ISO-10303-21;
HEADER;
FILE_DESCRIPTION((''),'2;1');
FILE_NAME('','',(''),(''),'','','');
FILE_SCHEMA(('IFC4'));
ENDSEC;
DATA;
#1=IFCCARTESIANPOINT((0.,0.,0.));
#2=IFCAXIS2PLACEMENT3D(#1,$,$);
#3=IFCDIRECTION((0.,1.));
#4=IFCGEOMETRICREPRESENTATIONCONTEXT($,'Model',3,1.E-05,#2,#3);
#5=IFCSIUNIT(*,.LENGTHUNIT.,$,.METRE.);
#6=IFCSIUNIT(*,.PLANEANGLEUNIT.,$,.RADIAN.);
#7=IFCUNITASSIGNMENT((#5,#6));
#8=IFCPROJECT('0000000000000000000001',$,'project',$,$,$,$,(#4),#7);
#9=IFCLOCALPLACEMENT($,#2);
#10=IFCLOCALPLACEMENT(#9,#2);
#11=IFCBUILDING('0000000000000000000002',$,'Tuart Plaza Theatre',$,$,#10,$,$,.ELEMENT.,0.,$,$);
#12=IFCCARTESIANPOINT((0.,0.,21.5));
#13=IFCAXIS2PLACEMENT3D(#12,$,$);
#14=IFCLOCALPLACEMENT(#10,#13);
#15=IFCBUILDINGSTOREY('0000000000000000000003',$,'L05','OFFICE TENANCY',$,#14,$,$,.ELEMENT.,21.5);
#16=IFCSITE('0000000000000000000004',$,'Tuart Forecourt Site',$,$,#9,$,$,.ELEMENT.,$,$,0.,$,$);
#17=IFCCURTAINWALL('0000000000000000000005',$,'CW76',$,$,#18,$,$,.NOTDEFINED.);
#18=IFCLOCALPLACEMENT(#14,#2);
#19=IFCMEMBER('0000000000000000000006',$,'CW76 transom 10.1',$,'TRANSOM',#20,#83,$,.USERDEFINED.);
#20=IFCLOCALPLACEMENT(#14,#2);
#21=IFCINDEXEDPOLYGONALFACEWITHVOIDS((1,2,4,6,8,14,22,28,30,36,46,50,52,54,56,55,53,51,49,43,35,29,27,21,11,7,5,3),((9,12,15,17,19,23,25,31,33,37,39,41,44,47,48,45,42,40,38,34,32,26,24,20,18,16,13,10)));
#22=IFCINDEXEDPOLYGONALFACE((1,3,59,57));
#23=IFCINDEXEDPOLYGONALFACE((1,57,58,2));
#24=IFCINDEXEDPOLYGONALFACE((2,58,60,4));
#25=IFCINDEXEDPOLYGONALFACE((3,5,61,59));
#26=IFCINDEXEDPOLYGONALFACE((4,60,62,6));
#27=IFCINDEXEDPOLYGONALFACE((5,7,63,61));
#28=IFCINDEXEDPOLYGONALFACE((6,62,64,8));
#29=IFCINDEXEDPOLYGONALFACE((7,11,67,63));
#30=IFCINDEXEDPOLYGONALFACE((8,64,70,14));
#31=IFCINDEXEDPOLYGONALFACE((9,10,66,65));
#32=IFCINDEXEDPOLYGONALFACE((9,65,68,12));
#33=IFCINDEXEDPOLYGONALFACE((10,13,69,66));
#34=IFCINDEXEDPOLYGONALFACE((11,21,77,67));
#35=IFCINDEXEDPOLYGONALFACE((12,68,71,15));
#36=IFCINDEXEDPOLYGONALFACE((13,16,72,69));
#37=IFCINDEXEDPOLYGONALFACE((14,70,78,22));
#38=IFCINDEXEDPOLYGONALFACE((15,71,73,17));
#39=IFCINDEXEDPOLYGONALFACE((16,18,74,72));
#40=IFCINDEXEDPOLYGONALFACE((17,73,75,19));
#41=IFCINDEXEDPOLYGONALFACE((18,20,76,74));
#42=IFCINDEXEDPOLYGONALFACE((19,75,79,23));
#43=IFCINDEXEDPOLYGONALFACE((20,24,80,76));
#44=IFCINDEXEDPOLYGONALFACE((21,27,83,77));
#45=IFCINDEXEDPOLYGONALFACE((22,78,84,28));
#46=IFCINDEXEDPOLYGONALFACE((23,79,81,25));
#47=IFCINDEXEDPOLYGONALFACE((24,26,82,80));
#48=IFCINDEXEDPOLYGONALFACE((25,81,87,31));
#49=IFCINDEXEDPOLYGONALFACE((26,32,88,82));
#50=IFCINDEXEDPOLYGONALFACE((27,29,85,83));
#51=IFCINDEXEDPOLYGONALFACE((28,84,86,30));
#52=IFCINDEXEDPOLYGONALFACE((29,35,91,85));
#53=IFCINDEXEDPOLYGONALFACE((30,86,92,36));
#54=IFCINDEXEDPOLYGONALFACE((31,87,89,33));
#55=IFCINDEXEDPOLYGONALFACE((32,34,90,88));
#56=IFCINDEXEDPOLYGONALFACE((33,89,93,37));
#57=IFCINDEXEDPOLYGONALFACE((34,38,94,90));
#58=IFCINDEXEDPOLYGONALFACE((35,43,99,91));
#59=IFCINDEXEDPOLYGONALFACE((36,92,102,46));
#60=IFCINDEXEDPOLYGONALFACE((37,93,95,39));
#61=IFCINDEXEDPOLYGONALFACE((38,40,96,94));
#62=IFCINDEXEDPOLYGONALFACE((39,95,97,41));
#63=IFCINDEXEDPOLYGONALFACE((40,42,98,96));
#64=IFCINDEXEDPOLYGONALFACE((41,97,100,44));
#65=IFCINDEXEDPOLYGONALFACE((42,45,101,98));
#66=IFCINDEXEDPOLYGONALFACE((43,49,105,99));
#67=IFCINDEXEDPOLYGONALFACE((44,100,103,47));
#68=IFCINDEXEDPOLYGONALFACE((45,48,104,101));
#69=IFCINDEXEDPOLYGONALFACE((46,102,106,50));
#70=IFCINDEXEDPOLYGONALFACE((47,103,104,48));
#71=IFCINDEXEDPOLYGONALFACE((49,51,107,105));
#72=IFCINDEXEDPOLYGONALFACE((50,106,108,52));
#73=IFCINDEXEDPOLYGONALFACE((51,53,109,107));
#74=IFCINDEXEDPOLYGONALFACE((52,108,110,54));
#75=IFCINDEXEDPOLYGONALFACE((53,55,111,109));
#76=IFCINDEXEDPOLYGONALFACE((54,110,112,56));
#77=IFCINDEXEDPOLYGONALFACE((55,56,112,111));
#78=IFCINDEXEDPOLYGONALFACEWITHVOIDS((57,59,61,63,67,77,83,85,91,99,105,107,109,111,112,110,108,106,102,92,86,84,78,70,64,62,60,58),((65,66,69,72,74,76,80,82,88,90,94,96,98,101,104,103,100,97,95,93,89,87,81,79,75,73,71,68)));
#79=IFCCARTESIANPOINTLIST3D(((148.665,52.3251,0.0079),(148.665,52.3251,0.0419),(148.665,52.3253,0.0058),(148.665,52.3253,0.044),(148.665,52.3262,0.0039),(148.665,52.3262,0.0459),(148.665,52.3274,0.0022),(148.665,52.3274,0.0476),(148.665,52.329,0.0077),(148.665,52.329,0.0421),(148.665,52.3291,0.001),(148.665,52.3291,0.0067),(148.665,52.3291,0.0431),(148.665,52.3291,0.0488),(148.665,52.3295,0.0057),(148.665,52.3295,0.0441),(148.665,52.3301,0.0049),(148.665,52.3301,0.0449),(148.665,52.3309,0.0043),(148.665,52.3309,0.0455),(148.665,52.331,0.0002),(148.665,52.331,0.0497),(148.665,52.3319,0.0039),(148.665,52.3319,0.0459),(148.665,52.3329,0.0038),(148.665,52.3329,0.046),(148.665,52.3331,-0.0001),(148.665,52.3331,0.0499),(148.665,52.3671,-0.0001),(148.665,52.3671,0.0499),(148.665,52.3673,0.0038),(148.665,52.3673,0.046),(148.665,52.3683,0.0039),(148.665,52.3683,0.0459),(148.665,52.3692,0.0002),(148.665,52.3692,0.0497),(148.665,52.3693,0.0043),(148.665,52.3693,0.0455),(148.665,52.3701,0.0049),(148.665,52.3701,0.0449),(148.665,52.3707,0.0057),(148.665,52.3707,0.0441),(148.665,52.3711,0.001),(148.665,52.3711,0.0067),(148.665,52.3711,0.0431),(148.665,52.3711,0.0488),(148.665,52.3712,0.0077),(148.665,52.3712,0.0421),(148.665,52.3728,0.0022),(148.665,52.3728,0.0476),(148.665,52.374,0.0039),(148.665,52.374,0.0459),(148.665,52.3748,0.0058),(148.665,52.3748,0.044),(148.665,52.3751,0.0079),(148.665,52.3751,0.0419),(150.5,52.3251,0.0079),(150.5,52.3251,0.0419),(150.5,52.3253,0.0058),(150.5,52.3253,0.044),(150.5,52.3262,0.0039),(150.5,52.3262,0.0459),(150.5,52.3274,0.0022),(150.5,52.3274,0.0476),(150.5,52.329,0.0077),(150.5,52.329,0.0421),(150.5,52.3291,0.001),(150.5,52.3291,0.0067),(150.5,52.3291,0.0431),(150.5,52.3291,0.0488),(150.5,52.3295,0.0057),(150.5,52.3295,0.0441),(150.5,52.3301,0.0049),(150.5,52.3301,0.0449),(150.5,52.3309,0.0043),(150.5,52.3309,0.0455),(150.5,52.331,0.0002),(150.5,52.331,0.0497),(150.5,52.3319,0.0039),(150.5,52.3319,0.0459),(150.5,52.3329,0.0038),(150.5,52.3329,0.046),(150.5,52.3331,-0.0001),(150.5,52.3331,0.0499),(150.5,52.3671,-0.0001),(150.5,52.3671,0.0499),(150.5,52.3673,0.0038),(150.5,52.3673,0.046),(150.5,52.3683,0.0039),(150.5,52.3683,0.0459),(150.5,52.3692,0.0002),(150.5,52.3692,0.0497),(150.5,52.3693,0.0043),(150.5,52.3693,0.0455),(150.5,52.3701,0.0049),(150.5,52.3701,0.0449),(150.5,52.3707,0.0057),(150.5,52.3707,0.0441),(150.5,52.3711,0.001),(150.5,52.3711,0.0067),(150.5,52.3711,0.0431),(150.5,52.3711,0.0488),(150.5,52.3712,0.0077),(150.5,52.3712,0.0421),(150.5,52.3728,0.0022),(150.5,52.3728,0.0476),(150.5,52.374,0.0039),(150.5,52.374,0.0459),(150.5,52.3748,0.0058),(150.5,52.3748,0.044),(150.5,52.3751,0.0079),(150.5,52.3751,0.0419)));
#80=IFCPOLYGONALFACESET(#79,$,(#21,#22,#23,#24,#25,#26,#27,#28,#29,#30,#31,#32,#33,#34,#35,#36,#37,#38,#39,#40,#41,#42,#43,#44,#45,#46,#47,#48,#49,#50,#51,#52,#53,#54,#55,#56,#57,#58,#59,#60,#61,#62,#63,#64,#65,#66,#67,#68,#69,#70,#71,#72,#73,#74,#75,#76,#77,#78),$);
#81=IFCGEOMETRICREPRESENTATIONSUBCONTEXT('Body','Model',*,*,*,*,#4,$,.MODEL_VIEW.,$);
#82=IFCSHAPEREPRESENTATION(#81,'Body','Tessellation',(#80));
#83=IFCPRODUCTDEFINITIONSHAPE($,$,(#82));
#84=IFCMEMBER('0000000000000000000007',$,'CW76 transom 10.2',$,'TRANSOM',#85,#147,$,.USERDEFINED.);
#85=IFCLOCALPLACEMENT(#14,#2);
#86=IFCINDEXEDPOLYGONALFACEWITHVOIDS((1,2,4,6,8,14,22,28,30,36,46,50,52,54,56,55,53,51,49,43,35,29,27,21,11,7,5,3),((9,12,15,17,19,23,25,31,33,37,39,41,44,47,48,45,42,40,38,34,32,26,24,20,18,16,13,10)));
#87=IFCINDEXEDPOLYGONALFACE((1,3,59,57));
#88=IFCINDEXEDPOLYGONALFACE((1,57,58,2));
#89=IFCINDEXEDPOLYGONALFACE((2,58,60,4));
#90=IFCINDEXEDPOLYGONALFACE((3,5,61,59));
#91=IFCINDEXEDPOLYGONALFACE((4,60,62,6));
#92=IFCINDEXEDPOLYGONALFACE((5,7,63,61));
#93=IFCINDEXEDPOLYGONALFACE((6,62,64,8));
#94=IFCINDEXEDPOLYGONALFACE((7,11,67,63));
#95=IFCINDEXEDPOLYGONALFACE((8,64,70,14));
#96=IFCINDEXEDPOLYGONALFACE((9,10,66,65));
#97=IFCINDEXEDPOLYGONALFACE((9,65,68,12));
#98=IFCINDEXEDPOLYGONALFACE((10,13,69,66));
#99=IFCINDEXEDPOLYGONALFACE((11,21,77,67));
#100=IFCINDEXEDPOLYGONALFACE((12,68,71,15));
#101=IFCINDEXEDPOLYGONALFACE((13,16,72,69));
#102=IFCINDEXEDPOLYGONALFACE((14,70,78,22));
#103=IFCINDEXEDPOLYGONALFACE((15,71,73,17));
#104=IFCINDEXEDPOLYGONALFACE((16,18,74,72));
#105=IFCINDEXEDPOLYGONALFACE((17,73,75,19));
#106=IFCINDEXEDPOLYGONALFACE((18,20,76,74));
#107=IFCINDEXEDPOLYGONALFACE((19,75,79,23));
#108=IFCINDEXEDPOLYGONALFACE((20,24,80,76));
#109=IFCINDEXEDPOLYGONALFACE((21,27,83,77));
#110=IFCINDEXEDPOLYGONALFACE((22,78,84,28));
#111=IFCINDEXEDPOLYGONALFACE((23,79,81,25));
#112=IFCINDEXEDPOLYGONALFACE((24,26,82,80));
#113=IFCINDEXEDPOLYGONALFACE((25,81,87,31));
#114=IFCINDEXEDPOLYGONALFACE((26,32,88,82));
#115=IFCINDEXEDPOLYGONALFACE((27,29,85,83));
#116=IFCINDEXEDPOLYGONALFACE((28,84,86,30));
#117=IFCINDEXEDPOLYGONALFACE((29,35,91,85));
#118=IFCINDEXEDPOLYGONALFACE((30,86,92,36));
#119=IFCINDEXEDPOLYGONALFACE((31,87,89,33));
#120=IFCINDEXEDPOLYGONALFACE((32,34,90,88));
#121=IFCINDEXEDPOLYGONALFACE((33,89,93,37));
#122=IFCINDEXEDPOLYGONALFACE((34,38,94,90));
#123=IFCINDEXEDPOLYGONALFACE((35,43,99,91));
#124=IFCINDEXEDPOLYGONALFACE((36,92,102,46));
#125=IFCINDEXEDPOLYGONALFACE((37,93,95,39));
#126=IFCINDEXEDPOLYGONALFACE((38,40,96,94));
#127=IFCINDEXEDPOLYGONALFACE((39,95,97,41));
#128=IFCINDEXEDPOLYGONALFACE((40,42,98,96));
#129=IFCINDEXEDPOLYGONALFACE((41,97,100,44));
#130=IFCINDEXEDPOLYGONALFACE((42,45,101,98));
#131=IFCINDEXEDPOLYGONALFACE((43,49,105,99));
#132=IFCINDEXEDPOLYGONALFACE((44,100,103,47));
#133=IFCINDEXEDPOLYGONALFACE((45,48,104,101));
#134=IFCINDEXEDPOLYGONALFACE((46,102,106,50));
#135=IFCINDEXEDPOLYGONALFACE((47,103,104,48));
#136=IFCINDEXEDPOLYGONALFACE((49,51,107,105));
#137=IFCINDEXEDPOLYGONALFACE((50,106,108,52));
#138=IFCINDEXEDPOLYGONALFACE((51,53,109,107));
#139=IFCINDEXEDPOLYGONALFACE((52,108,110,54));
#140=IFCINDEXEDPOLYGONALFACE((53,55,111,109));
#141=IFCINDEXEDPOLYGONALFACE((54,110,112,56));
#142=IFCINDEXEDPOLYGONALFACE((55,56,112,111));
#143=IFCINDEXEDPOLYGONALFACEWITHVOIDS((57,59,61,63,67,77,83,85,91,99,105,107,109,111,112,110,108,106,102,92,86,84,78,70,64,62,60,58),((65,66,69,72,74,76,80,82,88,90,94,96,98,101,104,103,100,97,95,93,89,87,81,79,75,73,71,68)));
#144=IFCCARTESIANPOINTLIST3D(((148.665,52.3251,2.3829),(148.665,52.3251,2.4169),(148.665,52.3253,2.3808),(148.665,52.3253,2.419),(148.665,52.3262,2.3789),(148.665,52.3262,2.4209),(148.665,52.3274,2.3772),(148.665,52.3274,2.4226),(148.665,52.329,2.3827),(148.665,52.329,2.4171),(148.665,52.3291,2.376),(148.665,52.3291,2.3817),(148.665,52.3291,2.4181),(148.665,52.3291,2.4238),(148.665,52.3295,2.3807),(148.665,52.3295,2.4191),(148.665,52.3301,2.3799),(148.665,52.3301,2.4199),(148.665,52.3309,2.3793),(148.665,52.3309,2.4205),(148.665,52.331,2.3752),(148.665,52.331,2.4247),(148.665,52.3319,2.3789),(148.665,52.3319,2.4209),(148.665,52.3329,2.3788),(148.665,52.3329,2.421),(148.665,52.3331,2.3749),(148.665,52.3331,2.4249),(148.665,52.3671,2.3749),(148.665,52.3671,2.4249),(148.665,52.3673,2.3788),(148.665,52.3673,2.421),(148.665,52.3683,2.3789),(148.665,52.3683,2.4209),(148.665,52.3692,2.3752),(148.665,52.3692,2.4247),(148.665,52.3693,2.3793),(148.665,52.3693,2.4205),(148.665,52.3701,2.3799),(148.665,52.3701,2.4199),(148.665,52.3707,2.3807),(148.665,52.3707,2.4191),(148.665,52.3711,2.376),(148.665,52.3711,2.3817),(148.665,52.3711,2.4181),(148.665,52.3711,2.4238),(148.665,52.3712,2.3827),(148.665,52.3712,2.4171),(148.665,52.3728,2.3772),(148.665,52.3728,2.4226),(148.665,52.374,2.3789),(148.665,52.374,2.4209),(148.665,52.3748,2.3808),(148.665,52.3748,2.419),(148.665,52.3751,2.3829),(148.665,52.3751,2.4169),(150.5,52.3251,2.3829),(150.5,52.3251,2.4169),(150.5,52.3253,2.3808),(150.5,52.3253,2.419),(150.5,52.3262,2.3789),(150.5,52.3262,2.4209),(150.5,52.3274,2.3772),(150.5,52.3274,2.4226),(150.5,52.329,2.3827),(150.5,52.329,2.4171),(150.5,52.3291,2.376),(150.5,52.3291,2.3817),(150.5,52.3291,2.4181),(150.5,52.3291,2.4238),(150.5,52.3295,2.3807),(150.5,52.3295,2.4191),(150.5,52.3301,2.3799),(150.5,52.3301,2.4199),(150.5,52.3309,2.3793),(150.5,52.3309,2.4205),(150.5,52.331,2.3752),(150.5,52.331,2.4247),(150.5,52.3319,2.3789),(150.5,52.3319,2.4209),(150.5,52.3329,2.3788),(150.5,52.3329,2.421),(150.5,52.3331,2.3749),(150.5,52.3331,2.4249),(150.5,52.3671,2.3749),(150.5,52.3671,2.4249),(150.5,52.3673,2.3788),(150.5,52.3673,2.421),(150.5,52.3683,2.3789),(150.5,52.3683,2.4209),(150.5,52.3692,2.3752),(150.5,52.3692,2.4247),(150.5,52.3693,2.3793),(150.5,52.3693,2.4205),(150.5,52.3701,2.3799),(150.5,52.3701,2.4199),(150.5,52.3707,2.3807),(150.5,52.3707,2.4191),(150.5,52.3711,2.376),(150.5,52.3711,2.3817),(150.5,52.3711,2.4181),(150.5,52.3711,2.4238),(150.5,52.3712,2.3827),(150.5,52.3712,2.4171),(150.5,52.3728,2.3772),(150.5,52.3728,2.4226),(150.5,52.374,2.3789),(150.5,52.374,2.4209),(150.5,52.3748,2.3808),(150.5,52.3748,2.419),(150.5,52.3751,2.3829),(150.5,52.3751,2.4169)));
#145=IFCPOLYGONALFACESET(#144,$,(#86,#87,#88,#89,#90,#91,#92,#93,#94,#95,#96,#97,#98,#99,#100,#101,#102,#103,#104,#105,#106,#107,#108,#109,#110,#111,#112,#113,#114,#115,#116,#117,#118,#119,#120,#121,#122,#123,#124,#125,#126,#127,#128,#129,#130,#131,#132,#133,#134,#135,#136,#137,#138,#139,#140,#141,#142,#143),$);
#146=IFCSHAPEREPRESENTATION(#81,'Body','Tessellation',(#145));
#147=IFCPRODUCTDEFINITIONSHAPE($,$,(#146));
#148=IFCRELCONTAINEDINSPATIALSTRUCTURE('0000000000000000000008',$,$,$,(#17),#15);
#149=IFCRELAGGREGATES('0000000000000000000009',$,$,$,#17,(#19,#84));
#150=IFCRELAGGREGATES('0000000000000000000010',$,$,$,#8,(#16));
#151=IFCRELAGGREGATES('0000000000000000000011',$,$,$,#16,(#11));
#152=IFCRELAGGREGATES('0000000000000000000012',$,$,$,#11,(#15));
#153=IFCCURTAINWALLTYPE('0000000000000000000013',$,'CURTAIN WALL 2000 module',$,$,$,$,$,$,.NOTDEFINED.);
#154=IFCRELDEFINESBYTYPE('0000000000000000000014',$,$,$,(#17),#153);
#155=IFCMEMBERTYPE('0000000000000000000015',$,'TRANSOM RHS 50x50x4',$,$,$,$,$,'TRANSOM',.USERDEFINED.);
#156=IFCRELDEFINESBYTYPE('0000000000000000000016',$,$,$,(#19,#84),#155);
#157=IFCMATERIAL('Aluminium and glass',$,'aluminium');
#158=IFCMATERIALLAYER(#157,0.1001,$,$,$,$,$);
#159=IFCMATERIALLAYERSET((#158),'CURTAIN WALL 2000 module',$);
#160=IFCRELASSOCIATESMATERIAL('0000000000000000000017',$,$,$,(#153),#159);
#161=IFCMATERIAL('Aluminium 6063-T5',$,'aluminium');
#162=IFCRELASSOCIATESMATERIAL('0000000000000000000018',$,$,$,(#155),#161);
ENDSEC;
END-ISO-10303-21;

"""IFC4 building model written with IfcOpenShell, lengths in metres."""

from ifc_helpers import new_model, si_unit, direction, frame, origin, origin_2d, place, context, subcontext, project, spatial, hollow_rectangle, extrude, material, layer, layer_set, material_profile, profile_set, type_object, element, aggregate, save


model = new_model("IFC4")

# Units and contexts
model_context = context("Model", 3, precision=1e-05, world=origin(), true_north=direction((0.0, 1.0)))
body_context = subcontext(model_context, "Body", "Model", "MODEL_VIEW")
ifc_project = project(units=[si_unit("LENGTHUNIT", "METRE"), si_unit("PLANEANGLEUNIT", "RADIAN")], contexts=[model_context])

# Site, building, storey
site_placement = place(None, origin())
site = spatial("IfcSite", under=ifc_project, at=site_placement, Name="Tuart Forecourt Site", CompositionType="ELEMENT", RefElevation=0.0)
building_placement = place(site_placement, origin())
building = spatial("IfcBuilding", under=site, at=building_placement, Name="Tuart Plaza Theatre", CompositionType="ELEMENT", ElevationOfRefHeight=0.0)
storey_placement = place(building_placement, frame((0.0, 0.0, 21.5)))
storey = spatial("IfcBuildingStorey", under=building, at=storey_placement, Name="L05", Description="OFFICE TENANCY", CompositionType="ELEMENT", Elevation=21.5)

# Curtain wall
ifc_material_1 = material(Name="Aluminium and glass", Category="aluminium")
ifc_layer_1 = layer(ifc_material_1, 0.1001)
ifc_layer_set_1 = layer_set([ifc_layer_1], Name="CURTAIN WALL 2000 module")
curtain_wall_type = type_object("IfcCurtainWallType", Name="CURTAIN WALL 2000 module", PredefinedType="NOTDEFINED", material=ifc_layer_set_1)
curtain_wall_1_placement = place(storey_placement, origin())
curtain_wall_1 = element("IfcCurtainWall", 1, at=curtain_wall_1_placement, inside=storey, type_object=curtain_wall_type, Name="CW76", PredefinedType="NOTDEFINED")

# Members
ifc_material_2 = material(Name="Aluminium 6063-T5", Category="aluminium")
ifc_material_profile_1 = material_profile(ifc_material_2, hollow_rectangle(XDim=0.05, YDim=0.05, WallThickness=0.0039, InnerFilletRadius=0.0039, OuterFilletRadius=0.0081, at=origin_2d()), Name="RHS 50x50x4")
ifc_profile_set_1 = profile_set([ifc_material_profile_1], Name="Aluminium 6063-T5")
member_type_1 = type_object("IfcMemberType", Name="TRANSOM RHS 50x50x4", ElementType="TRANSOM", PredefinedType="USERDEFINED", material=ifc_profile_set_1)
member_1_placement = place(storey_placement, frame((148.665, 52.3501, 0.0249), z_axis=(1.0, 0.0, 0.0), x_axis=(0.0, 1.0, 0.0)))
member_1 = element("IfcMember", 2, at=member_1_placement, type_object=member_type_1, Name="CW76 transom 10.1", ObjectType="TRANSOM", PredefinedType="USERDEFINED", context=body_context, shape_type="SweptSolid", body=[
    extrude(hollow_rectangle(XDim=0.05, YDim=0.05, WallThickness=0.0039, InnerFilletRadius=0.0039, OuterFilletRadius=0.0081, at=origin_2d()), origin(), (0.0, 0.0, 1.0), 1.835),
])
member_2_placement = place(storey_placement, frame((148.665, 52.3501, 2.3999), z_axis=(1.0, 0.0, 0.0), x_axis=(0.0, 1.0, 0.0)))
member_2 = element("IfcMember", 3, at=member_2_placement, type_object=member_type_1, Name="CW76 transom 10.2", ObjectType="TRANSOM", PredefinedType="USERDEFINED", context=body_context, shape_type="SweptSolid", body=[
    extrude(hollow_rectangle(XDim=0.05, YDim=0.05, WallThickness=0.0039, InnerFilletRadius=0.0039, OuterFilletRadius=0.0081, at=origin_2d()), origin(), (0.0, 0.0, 1.0), 1.835),
])

aggregate(curtain_wall_1, [member_1, member_2])

save(model, "model.ifc")
